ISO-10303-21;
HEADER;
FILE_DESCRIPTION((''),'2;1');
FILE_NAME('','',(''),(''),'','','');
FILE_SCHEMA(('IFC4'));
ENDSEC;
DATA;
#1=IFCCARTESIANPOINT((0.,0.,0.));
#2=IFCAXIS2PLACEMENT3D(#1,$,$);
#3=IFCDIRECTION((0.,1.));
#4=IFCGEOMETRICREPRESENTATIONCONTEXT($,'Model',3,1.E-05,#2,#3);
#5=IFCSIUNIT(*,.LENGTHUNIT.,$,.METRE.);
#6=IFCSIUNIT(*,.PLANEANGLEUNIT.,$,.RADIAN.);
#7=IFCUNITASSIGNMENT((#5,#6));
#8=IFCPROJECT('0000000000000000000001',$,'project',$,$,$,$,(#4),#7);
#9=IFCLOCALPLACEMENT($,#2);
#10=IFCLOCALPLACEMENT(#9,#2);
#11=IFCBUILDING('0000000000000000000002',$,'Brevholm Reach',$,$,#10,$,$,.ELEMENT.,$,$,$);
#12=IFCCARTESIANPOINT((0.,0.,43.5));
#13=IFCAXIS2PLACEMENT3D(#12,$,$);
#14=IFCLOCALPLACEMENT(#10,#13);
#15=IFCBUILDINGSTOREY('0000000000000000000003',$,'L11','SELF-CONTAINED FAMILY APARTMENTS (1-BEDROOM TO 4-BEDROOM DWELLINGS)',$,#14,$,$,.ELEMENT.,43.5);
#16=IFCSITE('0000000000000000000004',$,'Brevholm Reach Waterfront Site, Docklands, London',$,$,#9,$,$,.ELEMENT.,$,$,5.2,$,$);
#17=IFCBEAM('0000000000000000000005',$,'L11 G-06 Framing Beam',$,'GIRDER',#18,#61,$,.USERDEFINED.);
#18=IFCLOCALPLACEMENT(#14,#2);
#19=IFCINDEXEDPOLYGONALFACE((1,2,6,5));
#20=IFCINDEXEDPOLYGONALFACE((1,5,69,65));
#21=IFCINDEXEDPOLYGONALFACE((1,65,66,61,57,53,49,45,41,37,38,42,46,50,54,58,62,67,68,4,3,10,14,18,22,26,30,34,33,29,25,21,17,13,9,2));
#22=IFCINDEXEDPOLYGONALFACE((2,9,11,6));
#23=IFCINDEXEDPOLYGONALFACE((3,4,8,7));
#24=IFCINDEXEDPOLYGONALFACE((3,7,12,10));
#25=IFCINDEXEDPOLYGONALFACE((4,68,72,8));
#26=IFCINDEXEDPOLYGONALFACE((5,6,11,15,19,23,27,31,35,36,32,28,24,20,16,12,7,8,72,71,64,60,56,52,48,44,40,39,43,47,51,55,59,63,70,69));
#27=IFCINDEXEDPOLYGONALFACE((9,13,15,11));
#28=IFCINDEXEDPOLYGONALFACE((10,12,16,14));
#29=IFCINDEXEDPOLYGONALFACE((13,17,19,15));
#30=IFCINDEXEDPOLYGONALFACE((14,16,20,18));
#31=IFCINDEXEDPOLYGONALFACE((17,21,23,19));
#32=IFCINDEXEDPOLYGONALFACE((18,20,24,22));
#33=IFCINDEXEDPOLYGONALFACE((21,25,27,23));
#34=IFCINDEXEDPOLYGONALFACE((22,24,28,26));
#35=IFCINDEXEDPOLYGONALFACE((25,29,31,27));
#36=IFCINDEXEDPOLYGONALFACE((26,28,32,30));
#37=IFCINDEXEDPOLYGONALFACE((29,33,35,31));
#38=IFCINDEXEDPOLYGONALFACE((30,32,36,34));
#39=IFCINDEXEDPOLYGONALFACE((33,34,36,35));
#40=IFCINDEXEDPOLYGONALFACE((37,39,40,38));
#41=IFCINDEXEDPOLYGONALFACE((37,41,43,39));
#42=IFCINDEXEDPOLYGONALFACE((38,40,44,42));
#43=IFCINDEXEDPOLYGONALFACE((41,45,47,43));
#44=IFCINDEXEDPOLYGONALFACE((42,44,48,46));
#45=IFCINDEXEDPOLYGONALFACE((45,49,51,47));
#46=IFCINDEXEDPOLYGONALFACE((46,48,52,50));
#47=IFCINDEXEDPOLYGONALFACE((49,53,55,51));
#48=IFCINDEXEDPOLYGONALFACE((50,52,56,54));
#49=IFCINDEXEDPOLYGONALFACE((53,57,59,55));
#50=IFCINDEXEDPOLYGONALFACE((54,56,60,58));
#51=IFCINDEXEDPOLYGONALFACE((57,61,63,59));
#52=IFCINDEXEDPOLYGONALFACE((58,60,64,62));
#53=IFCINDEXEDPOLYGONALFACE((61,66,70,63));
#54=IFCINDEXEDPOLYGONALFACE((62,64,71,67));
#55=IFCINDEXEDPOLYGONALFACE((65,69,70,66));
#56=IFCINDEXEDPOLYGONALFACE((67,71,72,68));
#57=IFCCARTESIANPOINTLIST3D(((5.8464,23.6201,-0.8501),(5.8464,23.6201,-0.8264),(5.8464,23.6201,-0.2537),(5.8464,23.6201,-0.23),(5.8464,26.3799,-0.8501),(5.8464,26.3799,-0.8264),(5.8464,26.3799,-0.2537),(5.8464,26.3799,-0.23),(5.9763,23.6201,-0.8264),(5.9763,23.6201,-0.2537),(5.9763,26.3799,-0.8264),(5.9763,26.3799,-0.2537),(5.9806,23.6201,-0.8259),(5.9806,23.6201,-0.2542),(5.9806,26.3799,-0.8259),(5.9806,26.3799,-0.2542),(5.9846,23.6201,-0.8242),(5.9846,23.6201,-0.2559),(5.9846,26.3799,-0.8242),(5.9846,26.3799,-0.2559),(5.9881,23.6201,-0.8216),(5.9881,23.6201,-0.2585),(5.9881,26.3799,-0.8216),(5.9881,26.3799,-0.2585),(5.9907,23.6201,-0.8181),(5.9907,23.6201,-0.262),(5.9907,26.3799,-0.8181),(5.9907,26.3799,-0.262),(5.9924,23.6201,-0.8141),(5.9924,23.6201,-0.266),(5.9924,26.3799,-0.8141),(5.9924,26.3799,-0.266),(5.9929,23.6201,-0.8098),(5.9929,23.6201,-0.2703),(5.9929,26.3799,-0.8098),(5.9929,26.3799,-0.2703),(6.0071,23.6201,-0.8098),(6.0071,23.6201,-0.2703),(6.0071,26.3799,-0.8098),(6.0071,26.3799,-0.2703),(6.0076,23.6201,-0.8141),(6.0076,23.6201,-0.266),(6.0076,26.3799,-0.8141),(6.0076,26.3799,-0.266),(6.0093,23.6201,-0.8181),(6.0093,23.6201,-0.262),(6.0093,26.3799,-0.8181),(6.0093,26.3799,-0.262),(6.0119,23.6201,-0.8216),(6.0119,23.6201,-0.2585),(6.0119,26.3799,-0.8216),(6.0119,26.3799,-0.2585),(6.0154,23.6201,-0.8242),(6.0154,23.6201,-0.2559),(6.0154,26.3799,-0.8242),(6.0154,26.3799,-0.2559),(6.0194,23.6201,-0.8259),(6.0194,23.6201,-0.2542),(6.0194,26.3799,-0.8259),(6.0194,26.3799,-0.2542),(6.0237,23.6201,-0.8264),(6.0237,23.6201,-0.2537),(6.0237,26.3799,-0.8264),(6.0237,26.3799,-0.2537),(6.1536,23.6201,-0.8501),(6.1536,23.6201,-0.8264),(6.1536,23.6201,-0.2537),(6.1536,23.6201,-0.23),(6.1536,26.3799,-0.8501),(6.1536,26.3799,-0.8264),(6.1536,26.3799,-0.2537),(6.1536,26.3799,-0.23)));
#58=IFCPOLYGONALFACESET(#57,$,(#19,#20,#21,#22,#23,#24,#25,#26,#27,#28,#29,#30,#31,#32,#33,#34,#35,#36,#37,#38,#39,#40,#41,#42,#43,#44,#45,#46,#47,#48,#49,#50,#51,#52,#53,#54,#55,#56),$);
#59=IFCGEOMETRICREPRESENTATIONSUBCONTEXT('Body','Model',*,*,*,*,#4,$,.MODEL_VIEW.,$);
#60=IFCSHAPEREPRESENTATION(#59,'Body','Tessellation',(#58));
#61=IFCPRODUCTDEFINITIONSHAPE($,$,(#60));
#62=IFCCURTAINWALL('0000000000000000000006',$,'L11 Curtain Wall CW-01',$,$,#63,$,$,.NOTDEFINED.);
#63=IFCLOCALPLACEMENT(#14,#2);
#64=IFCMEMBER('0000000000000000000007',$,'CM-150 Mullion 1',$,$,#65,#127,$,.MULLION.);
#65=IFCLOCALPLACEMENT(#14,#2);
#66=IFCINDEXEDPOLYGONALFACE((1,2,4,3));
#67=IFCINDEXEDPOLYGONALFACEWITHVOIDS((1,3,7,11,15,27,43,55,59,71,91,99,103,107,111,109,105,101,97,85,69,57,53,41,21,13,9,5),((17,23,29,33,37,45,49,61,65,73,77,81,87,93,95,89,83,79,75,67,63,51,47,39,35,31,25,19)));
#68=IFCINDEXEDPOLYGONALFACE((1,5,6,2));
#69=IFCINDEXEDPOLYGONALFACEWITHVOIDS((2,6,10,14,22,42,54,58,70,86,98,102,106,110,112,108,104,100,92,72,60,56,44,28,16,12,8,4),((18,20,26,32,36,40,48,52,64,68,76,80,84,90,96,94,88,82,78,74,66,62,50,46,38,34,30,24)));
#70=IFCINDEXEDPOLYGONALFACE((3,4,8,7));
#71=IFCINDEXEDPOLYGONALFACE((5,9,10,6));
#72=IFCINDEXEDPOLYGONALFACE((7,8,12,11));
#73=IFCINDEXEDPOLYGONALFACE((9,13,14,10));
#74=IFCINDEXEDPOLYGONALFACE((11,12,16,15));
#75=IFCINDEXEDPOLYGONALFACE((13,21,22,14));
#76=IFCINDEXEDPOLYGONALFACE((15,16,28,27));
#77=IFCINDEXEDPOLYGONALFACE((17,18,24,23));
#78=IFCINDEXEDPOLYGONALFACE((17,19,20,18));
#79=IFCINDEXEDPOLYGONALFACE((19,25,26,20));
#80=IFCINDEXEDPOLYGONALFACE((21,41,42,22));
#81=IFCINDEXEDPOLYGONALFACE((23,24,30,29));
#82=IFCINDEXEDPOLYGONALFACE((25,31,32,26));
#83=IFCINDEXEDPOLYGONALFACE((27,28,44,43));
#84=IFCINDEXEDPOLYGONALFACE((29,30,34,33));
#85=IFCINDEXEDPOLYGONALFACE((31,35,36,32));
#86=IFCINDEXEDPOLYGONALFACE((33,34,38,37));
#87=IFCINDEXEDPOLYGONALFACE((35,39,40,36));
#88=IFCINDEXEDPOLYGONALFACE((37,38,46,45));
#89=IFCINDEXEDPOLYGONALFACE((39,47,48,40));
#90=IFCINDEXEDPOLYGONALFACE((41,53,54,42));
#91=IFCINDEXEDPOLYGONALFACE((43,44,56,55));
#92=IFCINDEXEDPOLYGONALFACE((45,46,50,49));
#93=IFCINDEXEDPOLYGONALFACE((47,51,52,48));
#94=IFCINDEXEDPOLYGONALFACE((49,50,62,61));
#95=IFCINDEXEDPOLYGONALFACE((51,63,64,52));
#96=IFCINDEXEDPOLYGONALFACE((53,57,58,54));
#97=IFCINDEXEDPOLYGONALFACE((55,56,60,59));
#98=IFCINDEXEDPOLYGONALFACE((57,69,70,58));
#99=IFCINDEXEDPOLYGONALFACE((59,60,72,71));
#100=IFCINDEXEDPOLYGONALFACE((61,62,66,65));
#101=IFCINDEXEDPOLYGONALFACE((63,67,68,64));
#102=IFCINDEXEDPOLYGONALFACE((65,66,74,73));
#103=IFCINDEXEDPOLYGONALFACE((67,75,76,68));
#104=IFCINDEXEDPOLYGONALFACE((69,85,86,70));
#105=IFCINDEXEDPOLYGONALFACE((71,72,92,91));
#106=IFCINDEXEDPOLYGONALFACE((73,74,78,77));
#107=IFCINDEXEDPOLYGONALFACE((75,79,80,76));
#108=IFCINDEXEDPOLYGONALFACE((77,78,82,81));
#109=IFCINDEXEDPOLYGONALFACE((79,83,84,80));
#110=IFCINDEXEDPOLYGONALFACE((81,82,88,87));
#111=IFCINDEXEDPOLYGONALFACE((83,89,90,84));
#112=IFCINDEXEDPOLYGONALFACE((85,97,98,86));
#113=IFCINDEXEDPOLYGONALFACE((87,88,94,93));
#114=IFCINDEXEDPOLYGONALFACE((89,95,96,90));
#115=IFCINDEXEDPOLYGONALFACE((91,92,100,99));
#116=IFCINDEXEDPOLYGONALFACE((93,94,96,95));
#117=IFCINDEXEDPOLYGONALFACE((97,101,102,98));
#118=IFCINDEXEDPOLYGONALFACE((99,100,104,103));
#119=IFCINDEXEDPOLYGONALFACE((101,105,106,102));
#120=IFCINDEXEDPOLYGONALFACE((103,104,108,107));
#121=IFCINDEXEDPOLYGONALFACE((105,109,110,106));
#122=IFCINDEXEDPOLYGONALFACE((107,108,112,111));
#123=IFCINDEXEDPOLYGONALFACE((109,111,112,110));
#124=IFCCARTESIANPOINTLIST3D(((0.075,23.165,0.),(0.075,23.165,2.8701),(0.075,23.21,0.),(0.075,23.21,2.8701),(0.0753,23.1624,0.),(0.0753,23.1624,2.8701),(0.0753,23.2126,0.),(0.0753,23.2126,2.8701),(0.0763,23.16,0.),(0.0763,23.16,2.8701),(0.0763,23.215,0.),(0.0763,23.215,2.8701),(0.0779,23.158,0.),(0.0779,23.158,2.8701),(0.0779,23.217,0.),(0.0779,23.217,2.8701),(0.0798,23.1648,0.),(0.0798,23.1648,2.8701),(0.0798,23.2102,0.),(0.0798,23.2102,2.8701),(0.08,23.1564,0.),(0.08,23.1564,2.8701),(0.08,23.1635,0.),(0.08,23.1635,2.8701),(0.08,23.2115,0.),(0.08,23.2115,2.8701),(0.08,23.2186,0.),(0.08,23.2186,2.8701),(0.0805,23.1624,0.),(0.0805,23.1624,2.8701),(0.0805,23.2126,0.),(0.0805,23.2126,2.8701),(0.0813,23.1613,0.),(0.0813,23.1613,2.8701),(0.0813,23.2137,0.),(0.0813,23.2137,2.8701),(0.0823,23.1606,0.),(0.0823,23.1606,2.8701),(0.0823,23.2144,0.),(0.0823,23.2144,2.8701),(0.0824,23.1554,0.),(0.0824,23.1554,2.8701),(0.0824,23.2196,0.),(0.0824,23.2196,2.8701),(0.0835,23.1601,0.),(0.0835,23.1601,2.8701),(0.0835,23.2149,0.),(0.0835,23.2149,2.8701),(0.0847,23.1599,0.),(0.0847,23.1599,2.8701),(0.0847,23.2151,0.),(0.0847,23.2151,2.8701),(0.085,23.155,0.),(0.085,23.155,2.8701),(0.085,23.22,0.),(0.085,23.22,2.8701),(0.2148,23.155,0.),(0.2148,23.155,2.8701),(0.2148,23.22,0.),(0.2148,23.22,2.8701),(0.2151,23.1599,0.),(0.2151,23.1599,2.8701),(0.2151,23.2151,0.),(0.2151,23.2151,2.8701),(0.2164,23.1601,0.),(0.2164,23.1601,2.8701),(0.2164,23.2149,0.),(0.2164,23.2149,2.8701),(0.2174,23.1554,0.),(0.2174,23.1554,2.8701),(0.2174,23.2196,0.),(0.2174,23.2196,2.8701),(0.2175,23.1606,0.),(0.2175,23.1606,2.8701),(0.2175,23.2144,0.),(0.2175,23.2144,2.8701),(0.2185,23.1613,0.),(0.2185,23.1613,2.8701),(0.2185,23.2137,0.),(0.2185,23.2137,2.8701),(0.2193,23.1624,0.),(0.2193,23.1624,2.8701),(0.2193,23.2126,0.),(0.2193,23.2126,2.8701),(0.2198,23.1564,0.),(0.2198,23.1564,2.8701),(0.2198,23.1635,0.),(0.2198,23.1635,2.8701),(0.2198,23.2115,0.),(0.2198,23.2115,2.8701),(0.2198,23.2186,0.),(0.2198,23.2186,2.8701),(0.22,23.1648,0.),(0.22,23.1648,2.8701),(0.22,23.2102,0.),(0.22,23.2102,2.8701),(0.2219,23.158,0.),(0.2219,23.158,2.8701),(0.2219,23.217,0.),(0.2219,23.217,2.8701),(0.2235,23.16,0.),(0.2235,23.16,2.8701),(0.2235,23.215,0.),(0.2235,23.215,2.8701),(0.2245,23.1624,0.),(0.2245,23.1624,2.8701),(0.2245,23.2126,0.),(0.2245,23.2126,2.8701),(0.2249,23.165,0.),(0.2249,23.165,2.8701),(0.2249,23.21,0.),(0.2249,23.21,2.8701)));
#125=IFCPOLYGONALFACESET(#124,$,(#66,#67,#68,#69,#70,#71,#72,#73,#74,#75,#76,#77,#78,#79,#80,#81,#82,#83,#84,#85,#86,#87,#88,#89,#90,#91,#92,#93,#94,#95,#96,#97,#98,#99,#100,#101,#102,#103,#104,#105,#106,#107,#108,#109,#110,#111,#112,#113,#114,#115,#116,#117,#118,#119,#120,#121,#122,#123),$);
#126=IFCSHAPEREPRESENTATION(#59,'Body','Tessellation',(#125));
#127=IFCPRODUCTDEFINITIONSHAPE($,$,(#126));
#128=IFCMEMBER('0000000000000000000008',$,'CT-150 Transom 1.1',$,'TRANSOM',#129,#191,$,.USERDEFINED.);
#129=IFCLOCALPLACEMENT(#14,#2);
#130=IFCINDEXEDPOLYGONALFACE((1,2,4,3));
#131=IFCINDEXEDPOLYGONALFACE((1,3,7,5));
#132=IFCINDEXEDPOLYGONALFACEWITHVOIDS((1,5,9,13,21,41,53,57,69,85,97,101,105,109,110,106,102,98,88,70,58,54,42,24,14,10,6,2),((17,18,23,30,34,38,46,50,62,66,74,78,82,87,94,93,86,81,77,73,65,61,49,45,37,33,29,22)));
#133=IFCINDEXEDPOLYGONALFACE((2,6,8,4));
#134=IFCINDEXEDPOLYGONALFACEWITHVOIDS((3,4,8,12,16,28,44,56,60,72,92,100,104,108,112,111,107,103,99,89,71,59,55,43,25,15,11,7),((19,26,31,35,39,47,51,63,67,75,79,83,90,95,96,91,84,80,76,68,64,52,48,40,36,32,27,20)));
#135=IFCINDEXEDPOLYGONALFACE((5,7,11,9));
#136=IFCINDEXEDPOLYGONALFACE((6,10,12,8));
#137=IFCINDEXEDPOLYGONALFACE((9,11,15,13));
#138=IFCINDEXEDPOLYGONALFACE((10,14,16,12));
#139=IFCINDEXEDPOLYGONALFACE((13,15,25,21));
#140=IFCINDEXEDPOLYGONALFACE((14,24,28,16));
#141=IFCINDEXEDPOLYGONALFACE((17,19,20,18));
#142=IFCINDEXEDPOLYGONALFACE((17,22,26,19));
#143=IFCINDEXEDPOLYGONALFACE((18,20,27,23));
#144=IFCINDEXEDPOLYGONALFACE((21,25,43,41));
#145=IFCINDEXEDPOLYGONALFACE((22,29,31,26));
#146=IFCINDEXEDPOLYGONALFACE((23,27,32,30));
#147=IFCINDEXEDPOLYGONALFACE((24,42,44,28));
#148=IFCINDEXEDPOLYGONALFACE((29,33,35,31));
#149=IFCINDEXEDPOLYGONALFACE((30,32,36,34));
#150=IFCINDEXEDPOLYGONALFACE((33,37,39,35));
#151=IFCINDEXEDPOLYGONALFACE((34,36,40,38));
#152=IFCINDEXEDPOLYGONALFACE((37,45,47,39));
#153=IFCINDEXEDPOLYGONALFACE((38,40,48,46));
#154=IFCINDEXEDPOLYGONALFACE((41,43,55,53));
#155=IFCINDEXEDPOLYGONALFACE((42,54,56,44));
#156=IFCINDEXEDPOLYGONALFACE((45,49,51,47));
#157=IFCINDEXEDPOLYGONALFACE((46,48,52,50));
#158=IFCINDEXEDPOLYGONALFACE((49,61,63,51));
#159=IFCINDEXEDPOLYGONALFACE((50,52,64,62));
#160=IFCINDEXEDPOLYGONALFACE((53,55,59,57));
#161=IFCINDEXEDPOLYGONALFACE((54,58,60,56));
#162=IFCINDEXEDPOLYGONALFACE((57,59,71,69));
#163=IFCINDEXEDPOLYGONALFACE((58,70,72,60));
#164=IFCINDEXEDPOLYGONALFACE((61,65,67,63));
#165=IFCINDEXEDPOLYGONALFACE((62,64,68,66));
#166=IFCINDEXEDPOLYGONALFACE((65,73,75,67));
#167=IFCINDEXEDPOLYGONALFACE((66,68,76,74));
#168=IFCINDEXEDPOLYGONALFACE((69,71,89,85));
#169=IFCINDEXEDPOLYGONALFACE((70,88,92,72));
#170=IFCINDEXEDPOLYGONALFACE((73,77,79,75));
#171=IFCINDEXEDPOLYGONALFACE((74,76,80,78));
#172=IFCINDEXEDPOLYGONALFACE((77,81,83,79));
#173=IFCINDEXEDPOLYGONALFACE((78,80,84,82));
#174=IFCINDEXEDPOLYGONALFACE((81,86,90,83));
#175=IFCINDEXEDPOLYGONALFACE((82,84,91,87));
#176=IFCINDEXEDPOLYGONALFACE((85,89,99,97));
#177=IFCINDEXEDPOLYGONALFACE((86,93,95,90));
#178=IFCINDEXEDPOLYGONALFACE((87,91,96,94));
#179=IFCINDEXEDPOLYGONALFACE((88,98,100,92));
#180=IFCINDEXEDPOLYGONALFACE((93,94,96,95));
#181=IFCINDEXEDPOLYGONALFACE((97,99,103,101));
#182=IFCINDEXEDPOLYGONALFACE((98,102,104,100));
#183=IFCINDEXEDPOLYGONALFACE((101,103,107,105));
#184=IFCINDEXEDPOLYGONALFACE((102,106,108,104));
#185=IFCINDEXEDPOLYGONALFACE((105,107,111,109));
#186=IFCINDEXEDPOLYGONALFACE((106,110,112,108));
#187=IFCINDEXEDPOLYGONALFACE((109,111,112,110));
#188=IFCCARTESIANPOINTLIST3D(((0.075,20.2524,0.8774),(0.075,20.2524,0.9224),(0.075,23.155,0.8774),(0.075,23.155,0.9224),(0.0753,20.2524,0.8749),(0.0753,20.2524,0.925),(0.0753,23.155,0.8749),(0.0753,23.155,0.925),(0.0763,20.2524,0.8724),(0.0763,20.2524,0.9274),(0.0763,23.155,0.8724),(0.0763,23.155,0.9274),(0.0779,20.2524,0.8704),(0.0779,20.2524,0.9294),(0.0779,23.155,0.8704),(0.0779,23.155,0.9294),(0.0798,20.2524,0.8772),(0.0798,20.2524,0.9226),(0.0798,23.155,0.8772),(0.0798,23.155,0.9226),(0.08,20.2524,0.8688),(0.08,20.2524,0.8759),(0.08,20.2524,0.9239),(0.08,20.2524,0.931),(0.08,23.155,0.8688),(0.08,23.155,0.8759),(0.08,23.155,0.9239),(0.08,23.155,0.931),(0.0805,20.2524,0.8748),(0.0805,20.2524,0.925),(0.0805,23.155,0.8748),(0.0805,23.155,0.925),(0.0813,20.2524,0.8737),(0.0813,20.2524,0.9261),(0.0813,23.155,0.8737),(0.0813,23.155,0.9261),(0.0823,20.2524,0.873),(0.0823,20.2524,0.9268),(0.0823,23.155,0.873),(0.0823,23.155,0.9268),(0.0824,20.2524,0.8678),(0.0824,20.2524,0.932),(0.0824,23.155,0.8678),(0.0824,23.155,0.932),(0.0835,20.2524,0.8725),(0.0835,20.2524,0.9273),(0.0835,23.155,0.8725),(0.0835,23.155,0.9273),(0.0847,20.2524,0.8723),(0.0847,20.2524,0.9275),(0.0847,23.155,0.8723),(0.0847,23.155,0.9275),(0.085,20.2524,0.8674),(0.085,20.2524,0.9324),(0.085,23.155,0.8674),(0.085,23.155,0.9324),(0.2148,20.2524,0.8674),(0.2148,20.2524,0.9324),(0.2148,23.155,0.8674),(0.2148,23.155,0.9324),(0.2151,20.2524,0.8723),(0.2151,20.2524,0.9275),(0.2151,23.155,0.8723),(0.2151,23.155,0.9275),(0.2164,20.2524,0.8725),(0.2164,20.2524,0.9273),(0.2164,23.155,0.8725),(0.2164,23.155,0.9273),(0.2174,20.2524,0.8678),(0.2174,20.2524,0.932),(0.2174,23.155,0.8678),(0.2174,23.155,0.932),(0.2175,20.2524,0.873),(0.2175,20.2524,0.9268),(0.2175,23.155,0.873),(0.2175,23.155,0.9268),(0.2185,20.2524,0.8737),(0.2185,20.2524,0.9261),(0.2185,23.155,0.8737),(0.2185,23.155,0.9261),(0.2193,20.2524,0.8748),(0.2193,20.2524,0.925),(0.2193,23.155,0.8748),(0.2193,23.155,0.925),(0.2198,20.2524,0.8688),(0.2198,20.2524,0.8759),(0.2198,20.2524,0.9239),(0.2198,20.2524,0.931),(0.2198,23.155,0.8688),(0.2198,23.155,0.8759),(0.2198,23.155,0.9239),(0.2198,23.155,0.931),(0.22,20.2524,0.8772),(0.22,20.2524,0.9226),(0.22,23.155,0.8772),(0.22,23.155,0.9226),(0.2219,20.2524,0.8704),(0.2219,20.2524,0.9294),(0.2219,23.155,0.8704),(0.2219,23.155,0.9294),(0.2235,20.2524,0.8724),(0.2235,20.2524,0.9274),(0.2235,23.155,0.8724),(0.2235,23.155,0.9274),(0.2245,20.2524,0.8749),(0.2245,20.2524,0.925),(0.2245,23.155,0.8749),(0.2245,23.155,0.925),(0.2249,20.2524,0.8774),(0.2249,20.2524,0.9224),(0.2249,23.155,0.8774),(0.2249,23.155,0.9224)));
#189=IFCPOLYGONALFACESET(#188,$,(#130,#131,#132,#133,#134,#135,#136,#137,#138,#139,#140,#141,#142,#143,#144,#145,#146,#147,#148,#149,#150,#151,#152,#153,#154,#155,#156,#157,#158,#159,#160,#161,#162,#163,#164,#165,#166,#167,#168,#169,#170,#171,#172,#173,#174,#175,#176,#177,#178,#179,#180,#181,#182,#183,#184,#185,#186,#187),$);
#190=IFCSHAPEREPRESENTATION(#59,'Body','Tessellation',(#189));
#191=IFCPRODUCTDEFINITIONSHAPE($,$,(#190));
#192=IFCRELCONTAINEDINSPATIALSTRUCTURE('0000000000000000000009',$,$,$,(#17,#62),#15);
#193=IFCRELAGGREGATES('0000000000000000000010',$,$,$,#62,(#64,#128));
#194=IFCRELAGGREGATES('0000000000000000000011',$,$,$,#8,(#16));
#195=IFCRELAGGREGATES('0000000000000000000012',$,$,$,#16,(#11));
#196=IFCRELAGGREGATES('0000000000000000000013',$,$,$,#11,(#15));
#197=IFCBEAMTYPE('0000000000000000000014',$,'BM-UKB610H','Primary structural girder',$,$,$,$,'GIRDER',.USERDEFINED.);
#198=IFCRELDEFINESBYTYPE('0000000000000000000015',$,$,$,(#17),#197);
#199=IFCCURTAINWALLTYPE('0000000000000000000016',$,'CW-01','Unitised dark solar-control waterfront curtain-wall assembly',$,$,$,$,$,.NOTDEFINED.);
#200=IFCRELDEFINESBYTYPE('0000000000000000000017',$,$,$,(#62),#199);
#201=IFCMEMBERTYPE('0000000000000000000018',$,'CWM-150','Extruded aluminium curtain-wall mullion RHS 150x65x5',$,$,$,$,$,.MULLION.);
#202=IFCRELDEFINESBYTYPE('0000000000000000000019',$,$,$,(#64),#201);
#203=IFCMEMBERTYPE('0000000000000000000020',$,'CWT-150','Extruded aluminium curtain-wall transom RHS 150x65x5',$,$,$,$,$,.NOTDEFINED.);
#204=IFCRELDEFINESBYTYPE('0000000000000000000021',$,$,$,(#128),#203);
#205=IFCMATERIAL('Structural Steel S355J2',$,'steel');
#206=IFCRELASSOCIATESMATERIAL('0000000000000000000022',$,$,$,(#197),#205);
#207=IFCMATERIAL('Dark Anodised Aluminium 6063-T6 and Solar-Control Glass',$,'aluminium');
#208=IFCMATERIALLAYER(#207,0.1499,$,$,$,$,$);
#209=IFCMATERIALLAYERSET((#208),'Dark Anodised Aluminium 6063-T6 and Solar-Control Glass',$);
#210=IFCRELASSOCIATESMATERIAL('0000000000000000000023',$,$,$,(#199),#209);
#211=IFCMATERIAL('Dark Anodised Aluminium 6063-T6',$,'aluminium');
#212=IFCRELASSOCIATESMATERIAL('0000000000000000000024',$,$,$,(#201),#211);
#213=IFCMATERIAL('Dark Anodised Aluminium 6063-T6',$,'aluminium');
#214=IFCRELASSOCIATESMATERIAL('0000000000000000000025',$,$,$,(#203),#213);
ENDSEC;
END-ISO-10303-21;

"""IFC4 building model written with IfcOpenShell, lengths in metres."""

from ifc_helpers import new_model, si_unit, direction, frame, origin, origin_2d, place, context, subcontext, project, spatial, hollow_rectangle, i_section, extrude, material, layer, layer_set, material_profile, profile_set, type_object, element, aggregate, save


model = new_model("IFC4")

# Units and contexts
model_context = context("Model", 3, precision=1e-05, world=origin(), true_north=direction((0.0, 1.0)))
body_context = subcontext(model_context, "Body", "Model", "MODEL_VIEW")
ifc_project = project(units=[si_unit("LENGTHUNIT", "METRE"), si_unit("PLANEANGLEUNIT", "RADIAN")], contexts=[model_context])

# Site, building, storey
site_placement = place(None, origin())
site = spatial("IfcSite", under=ifc_project, at=site_placement, Name="Brevholm Reach Waterfront Site, Docklands, London", CompositionType="ELEMENT", RefElevation=5.2)
building_placement = place(site_placement, origin())
building = spatial("IfcBuilding", under=site, at=building_placement, Name="Brevholm Reach", CompositionType="ELEMENT")
storey_placement = place(building_placement, frame((0.0, 0.0, 43.5)))
storey = spatial("IfcBuildingStorey", under=building, at=storey_placement, Name="L11", Description="SELF-CONTAINED FAMILY APARTMENTS (1-BEDROOM TO 4-BEDROOM DWELLINGS)", CompositionType="ELEMENT", Elevation=43.5)

# Beam
ifc_material_1 = material(Name="Structural Steel S355J2", Category="steel")
ifc_material_profile_1 = material_profile(ifc_material_1, i_section(OverallWidth=0.3071, OverallDepth=0.6201, WebThickness=0.0142, FlangeThickness=0.0237, FilletRadius=0.0166, at=origin_2d()), Name="UKB 610x305x179")
ifc_profile_set_1 = profile_set([ifc_material_profile_1], Name="Structural Steel S355J2")
beam_type_1 = type_object("IfcBeamType", Name="BM-UKB610H", Description="Primary structural girder", ElementType="GIRDER", PredefinedType="USERDEFINED", material=ifc_profile_set_1)
beam_1_placement = place(storey_placement, frame((6.0, 23.6201, -0.54), z_axis=(0.0, 1.0, 0.0), x_axis=(-1.0, 0.0, 0.0)))
element("IfcBeam", 1, at=beam_1_placement, inside=storey, type_object=beam_type_1, Name="L11 G-06 Framing Beam", ObjectType="GIRDER", PredefinedType="USERDEFINED", context=body_context, shape_type="SweptSolid", body=[
    extrude(i_section(OverallWidth=0.3071, OverallDepth=0.6201, WebThickness=0.0142, FlangeThickness=0.0237, FilletRadius=0.0166, at=origin_2d()), origin(), (0.0, 0.0, 1.0), 2.7598),
])

# Curtain wall, members
ifc_material_2 = material(Name="Dark Anodised Aluminium 6063-T6 and Solar-Control Glass", Category="aluminium")
ifc_layer_1 = layer(ifc_material_2, 0.1499)
ifc_layer_set_1 = layer_set([ifc_layer_1], Name="Dark Anodised Aluminium 6063-T6 and Solar-Control Glass")
curtain_wall_type = type_object("IfcCurtainWallType", Name="CW-01", Description="Unitised dark solar-control waterfront curtain-wall assembly", PredefinedType="NOTDEFINED", material=ifc_layer_set_1)
curtain_wall_placement = place(storey_placement, origin())
curtain_wall = element("IfcCurtainWall", 2, at=curtain_wall_placement, inside=storey, type_object=curtain_wall_type, Name="L11 Curtain Wall CW-01", PredefinedType="NOTDEFINED")
ifc_material_3 = material(Name="Dark Anodised Aluminium 6063-T6", Category="aluminium")
ifc_material_profile_2 = material_profile(ifc_material_3, hollow_rectangle(XDim=0.0649, YDim=0.1499, WallThickness=0.0049, InnerFilletRadius=0.0049, OuterFilletRadius=0.01, at=origin_2d()), Name="RHS 150x65x5")
ifc_profile_set_2 = profile_set([ifc_material_profile_2], Name="Dark Anodised Aluminium 6063-T6")
member_type_1 = type_object("IfcMemberType", Name="CWM-150", Description="Extruded aluminium curtain-wall mullion RHS 150x65x5", PredefinedType="MULLION", material=ifc_profile_set_2)
member_1_placement = place(storey_placement, frame((0.1499, 23.1875, 0.0), z_axis=(0.0, 0.0, 1.0), x_axis=(0.0, -1.0, 0.0)))
member_1 = element("IfcMember", 3, at=member_1_placement, type_object=member_type_1, Name="CM-150 Mullion 1", PredefinedType="MULLION", context=body_context, shape_type="SweptSolid", body=[
    extrude(hollow_rectangle(XDim=0.0649, YDim=0.1499, WallThickness=0.0049, InnerFilletRadius=0.0049, OuterFilletRadius=0.01, at=origin_2d()), origin(), (0.0, 0.0, 1.0), 2.8701),
])
ifc_material_4 = material(Name="Dark Anodised Aluminium 6063-T6", Category="aluminium")
ifc_material_profile_3 = material_profile(ifc_material_4, hollow_rectangle(XDim=0.0649, YDim=0.1499, WallThickness=0.0049, InnerFilletRadius=0.0049, OuterFilletRadius=0.01, at=origin_2d()), Name="RHS 150x65x5")
ifc_profile_set_3 = profile_set([ifc_material_profile_3], Name="Dark Anodised Aluminium 6063-T6")
member_type_2 = type_object("IfcMemberType", Name="CWT-150", Description="Extruded aluminium curtain-wall transom RHS 150x65x5", PredefinedType="NOTDEFINED", material=ifc_profile_set_3)
member_2_placement = place(storey_placement, frame((0.1499, 23.155, 0.8999), z_axis=(0.0, -1.0, 0.0), x_axis=(0.0, 0.0, 1.0)))
member_2 = element("IfcMember", 4, at=member_2_placement, type_object=member_type_2, Name="CT-150 Transom 1.1", ObjectType="TRANSOM", PredefinedType="USERDEFINED", context=body_context, shape_type="SweptSolid", body=[
    extrude(hollow_rectangle(XDim=0.0649, YDim=0.1499, WallThickness=0.0049, InnerFilletRadius=0.0049, OuterFilletRadius=0.01, at=origin_2d()), origin(), (0.0, 0.0, 1.0), 2.9026),
])
aggregate(curtain_wall, [member_1, member_2])

save(model, "model.ifc")
